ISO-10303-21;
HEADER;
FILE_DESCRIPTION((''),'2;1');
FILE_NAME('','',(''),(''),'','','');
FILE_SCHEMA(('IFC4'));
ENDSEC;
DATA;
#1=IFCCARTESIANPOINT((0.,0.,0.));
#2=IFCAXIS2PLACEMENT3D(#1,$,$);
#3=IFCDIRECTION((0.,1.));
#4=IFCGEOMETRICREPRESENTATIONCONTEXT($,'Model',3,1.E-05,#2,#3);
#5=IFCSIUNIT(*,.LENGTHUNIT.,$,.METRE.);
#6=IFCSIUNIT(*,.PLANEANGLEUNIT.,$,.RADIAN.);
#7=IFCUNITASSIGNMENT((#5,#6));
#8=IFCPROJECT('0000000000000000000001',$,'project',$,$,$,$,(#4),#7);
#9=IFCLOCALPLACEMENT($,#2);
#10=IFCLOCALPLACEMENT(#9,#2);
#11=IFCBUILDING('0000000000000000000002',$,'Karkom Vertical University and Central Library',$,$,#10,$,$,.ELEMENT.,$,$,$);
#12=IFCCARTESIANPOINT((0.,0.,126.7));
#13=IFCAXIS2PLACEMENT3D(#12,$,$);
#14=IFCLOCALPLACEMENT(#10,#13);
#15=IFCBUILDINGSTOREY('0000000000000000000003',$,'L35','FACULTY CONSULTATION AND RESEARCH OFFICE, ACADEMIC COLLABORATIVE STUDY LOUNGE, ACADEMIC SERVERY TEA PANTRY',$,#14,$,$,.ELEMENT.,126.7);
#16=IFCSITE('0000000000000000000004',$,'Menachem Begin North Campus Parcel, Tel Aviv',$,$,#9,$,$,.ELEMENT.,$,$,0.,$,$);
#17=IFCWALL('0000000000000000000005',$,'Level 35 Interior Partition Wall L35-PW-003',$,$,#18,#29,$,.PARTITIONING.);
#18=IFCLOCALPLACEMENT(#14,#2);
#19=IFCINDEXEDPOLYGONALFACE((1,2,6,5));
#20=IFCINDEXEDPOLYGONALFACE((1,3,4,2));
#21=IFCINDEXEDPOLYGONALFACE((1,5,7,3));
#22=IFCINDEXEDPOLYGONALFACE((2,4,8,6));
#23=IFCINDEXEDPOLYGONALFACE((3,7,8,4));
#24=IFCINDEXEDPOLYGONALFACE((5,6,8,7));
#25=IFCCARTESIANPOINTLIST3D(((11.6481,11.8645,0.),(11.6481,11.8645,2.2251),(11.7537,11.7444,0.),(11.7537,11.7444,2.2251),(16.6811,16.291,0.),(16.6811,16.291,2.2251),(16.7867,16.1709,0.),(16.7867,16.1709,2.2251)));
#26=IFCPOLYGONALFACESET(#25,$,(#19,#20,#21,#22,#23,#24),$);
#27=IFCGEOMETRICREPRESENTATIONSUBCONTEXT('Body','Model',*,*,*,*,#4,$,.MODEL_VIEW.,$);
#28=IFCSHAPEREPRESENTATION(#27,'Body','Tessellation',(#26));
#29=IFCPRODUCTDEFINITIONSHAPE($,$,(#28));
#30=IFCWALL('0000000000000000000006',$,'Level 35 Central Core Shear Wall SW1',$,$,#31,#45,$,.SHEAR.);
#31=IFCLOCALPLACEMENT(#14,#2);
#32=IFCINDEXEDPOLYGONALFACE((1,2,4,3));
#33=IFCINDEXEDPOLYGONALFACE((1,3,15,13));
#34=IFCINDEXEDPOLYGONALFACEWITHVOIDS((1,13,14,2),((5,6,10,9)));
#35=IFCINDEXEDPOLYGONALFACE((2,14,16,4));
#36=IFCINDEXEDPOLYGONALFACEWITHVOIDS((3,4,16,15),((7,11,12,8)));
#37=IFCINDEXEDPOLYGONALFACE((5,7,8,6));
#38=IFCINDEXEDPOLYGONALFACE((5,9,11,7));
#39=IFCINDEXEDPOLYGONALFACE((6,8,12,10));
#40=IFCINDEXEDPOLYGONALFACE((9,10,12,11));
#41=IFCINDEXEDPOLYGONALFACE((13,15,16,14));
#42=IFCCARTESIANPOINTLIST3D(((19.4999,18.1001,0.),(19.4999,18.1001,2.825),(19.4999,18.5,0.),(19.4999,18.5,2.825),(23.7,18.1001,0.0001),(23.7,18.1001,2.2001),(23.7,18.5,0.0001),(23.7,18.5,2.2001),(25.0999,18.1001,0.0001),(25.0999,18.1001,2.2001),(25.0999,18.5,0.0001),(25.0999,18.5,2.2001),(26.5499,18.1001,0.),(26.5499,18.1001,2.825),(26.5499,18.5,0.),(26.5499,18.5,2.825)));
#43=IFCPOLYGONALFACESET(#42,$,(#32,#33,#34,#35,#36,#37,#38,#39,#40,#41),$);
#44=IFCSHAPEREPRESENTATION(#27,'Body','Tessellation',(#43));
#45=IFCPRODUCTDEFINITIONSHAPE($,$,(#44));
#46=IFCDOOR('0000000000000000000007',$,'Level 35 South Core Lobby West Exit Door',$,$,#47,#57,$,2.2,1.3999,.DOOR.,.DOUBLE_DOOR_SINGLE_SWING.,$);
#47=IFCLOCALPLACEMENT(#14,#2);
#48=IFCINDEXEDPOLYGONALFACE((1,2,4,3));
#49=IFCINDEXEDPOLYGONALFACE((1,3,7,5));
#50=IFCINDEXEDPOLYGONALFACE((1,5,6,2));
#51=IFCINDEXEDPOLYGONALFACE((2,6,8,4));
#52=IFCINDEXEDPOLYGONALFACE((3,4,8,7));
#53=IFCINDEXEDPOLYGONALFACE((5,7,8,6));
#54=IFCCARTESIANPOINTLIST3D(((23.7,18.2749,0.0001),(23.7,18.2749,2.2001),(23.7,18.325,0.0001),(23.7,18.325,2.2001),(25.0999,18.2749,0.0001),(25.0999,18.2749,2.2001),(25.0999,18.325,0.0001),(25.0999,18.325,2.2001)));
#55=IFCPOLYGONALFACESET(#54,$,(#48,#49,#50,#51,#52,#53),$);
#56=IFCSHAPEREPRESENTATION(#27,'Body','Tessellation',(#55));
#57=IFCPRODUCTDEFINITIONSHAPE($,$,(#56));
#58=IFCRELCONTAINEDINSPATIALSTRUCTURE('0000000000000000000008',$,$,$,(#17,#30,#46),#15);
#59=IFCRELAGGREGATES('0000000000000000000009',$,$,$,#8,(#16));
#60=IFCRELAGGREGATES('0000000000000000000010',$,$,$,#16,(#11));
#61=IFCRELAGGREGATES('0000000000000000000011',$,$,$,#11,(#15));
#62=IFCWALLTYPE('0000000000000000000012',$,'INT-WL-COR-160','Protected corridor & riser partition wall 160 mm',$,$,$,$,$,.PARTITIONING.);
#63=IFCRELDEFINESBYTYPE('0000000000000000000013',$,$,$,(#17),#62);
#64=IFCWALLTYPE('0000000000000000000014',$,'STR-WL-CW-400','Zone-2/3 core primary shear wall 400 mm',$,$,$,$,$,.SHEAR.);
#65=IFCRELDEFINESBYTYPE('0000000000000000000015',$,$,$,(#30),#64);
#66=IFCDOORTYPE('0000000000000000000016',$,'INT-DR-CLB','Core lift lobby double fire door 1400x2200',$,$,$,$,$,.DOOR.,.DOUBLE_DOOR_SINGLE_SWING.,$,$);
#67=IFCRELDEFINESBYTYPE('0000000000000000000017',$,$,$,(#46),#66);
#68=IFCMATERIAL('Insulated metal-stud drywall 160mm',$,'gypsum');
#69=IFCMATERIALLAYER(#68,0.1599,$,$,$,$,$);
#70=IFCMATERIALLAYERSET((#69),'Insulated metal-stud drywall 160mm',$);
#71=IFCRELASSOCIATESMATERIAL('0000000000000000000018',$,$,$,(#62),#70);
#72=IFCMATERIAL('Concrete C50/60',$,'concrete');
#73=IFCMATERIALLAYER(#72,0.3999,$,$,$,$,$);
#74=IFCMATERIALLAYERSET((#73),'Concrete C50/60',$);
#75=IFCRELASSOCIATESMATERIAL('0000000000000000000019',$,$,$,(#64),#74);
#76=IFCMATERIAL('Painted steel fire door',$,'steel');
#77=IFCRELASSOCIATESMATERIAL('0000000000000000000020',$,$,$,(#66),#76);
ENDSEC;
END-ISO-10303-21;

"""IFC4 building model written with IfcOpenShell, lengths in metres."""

from ifc_helpers import new_model, si_unit, direction, frame, frame_2d, origin, origin_with_axes, place, context, subcontext, project, spatial, rectangle, extrude, source, transform, mapped, material, layer, layer_set, type_object, element, fill, save


model = new_model("IFC4")

# Units and contexts
model_context = context("Model", 3, precision=1e-05, world=origin(), true_north=direction((0.0, 1.0)))
body_context = subcontext(model_context, "Body", "Model", "MODEL_VIEW")
ifc_project = project(units=[si_unit("LENGTHUNIT", "METRE"), si_unit("PLANEANGLEUNIT", "RADIAN")], contexts=[model_context])

# Site, building, storey
site_placement = place(None, origin())
site = spatial("IfcSite", under=ifc_project, at=site_placement, Name="Menachem Begin North Campus Parcel, Tel Aviv", CompositionType="ELEMENT", RefElevation=0.0)
building_placement = place(site_placement, origin())
building = spatial("IfcBuilding", under=site, at=building_placement, Name="Karkom Vertical University and Central Library", CompositionType="ELEMENT")
storey_placement = place(building_placement, frame((0.0, 0.0, 126.7)))
storey = spatial("IfcBuildingStorey", under=building, at=storey_placement, Name="L35", Description="FACULTY CONSULTATION AND RESEARCH OFFICE, ACADEMIC COLLABORATIVE STUDY LOUNGE, ACADEMIC SERVERY TEA PANTRY", CompositionType="ELEMENT", Elevation=126.7)

# Shared definitions
ifc_material_1 = material(Name="Concrete C50/60", Category="concrete")

# Shared definitions
ifc_material_2 = material(Name="Insulated metal-stud drywall 160mm", Category="gypsum")
ifc_layer_1 = layer(ifc_material_2, 0.1599)
ifc_layer_set_1 = layer_set([ifc_layer_1], Name="Insulated metal-stud drywall 160mm")
wall_type_1 = type_object("IfcWallType", Name="INT-WL-COR-160", Description="Protected corridor & riser partition wall 160 mm", PredefinedType="PARTITIONING", material=ifc_layer_set_1)

# Wall
wall_1_placement = place(storey_placement, frame((16.7339, 16.231, 0.0), z_axis=(0.0, 0.0, 1.0), x_axis=(-0.750898, -0.660418, 0.0)))
element("IfcWall", 1, at=wall_1_placement, inside=storey, type_object=wall_type_1, Name="Level 35 Interior Partition Wall L35-PW-003", PredefinedType="PARTITIONING", context=body_context, shape_type="SweptSolid", body=[
    extrude(rectangle(XDim=6.7026, YDim=0.1599, at=frame_2d((3.3513, 0.0))), origin(), (0.0, 0.0, 1.0), 2.2251),
])

# Wall, opening, door
ifc_layer_2 = layer(ifc_material_1, 0.3999)
ifc_layer_set_2 = layer_set([ifc_layer_2], Name="Concrete C50/60")
wall_type_2 = type_object("IfcWallType", Name="STR-WL-CW-400", Description="Zone-2/3 core primary shear wall 400 mm", PredefinedType="SHEAR", material=ifc_layer_set_2)
wall_2_placement = place(storey_placement, frame((19.5, 18.3, 0.0), z_axis=(0.0, 0.0, 1.0), x_axis=(1.0, 0.0, 0.0)))
wall_2 = element("IfcWall", 2, at=wall_2_placement, inside=storey, type_object=wall_type_2, Name="Level 35 Central Core Shear Wall SW1", PredefinedType="SHEAR", context=body_context, shape_type="SweptSolid", body=[
    extrude(rectangle(XDim=7.05, YDim=0.3999, at=frame_2d((3.5249, 0.0))), origin(), (0.0, 0.0, 1.0), 2.825),
])
opening_1_placement = place(wall_2_placement, frame((4.2, 0.0, 0.0)))
opening_1 = element("IfcOpeningElement", 3, at=opening_1_placement, cuts=wall_2, PredefinedType="OPENING", context=body_context, shape_type="SweptSolid", body=[
    extrude(rectangle(XDim=1.3999, YDim=2.2, at=frame_2d((0.7, 1.1001))), frame((0.0, 0.21, 0.0), z_axis=(0.0, -1.0, 0.0), x_axis=(1.0, 0.0, 0.0)), (0.0, 0.0, 1.0), 0.4199),
])
ifc_material_3 = material(Name="Painted steel fire door", Category="steel")
door_type_1 = type_object("IfcDoorType", Name="INT-DR-CLB", Description="Core lift lobby double fire door 1400x2200", OperationType="DOUBLE_DOOR_SINGLE_SWING", PredefinedType="DOOR", material=ifc_material_3)
shared_shape_1 = source(origin_with_axes(), body_context, "Body", "SweptSolid", [
    extrude(rectangle(XDim=1.3999, YDim=2.2, at=frame_2d((0.7, 1.1001))), frame((0.0, 0.0249, 0.0), z_axis=(0.0, -1.0, 0.0), x_axis=(1.0, 0.0, 0.0)), (0.0, 0.0, 1.0), 0.05),
])
door_1_placement = place(opening_1_placement, origin())
door_1 = element("IfcDoor", 4, at=door_1_placement, inside=storey, type_object=door_type_1, Name="Level 35 South Core Lobby West Exit Door", OperationType="DOUBLE_DOOR_SINGLE_SWING", OverallHeight=2.2, OverallWidth=1.3999, PredefinedType="DOOR", context=body_context, shape_type="MappedRepresentation", body=[
    mapped(shared_shape_1, transform((0.0, 0.0, 0.0), scale=1.0)),
])
fill(opening_1, door_1)

save(model, "model.ifc")
